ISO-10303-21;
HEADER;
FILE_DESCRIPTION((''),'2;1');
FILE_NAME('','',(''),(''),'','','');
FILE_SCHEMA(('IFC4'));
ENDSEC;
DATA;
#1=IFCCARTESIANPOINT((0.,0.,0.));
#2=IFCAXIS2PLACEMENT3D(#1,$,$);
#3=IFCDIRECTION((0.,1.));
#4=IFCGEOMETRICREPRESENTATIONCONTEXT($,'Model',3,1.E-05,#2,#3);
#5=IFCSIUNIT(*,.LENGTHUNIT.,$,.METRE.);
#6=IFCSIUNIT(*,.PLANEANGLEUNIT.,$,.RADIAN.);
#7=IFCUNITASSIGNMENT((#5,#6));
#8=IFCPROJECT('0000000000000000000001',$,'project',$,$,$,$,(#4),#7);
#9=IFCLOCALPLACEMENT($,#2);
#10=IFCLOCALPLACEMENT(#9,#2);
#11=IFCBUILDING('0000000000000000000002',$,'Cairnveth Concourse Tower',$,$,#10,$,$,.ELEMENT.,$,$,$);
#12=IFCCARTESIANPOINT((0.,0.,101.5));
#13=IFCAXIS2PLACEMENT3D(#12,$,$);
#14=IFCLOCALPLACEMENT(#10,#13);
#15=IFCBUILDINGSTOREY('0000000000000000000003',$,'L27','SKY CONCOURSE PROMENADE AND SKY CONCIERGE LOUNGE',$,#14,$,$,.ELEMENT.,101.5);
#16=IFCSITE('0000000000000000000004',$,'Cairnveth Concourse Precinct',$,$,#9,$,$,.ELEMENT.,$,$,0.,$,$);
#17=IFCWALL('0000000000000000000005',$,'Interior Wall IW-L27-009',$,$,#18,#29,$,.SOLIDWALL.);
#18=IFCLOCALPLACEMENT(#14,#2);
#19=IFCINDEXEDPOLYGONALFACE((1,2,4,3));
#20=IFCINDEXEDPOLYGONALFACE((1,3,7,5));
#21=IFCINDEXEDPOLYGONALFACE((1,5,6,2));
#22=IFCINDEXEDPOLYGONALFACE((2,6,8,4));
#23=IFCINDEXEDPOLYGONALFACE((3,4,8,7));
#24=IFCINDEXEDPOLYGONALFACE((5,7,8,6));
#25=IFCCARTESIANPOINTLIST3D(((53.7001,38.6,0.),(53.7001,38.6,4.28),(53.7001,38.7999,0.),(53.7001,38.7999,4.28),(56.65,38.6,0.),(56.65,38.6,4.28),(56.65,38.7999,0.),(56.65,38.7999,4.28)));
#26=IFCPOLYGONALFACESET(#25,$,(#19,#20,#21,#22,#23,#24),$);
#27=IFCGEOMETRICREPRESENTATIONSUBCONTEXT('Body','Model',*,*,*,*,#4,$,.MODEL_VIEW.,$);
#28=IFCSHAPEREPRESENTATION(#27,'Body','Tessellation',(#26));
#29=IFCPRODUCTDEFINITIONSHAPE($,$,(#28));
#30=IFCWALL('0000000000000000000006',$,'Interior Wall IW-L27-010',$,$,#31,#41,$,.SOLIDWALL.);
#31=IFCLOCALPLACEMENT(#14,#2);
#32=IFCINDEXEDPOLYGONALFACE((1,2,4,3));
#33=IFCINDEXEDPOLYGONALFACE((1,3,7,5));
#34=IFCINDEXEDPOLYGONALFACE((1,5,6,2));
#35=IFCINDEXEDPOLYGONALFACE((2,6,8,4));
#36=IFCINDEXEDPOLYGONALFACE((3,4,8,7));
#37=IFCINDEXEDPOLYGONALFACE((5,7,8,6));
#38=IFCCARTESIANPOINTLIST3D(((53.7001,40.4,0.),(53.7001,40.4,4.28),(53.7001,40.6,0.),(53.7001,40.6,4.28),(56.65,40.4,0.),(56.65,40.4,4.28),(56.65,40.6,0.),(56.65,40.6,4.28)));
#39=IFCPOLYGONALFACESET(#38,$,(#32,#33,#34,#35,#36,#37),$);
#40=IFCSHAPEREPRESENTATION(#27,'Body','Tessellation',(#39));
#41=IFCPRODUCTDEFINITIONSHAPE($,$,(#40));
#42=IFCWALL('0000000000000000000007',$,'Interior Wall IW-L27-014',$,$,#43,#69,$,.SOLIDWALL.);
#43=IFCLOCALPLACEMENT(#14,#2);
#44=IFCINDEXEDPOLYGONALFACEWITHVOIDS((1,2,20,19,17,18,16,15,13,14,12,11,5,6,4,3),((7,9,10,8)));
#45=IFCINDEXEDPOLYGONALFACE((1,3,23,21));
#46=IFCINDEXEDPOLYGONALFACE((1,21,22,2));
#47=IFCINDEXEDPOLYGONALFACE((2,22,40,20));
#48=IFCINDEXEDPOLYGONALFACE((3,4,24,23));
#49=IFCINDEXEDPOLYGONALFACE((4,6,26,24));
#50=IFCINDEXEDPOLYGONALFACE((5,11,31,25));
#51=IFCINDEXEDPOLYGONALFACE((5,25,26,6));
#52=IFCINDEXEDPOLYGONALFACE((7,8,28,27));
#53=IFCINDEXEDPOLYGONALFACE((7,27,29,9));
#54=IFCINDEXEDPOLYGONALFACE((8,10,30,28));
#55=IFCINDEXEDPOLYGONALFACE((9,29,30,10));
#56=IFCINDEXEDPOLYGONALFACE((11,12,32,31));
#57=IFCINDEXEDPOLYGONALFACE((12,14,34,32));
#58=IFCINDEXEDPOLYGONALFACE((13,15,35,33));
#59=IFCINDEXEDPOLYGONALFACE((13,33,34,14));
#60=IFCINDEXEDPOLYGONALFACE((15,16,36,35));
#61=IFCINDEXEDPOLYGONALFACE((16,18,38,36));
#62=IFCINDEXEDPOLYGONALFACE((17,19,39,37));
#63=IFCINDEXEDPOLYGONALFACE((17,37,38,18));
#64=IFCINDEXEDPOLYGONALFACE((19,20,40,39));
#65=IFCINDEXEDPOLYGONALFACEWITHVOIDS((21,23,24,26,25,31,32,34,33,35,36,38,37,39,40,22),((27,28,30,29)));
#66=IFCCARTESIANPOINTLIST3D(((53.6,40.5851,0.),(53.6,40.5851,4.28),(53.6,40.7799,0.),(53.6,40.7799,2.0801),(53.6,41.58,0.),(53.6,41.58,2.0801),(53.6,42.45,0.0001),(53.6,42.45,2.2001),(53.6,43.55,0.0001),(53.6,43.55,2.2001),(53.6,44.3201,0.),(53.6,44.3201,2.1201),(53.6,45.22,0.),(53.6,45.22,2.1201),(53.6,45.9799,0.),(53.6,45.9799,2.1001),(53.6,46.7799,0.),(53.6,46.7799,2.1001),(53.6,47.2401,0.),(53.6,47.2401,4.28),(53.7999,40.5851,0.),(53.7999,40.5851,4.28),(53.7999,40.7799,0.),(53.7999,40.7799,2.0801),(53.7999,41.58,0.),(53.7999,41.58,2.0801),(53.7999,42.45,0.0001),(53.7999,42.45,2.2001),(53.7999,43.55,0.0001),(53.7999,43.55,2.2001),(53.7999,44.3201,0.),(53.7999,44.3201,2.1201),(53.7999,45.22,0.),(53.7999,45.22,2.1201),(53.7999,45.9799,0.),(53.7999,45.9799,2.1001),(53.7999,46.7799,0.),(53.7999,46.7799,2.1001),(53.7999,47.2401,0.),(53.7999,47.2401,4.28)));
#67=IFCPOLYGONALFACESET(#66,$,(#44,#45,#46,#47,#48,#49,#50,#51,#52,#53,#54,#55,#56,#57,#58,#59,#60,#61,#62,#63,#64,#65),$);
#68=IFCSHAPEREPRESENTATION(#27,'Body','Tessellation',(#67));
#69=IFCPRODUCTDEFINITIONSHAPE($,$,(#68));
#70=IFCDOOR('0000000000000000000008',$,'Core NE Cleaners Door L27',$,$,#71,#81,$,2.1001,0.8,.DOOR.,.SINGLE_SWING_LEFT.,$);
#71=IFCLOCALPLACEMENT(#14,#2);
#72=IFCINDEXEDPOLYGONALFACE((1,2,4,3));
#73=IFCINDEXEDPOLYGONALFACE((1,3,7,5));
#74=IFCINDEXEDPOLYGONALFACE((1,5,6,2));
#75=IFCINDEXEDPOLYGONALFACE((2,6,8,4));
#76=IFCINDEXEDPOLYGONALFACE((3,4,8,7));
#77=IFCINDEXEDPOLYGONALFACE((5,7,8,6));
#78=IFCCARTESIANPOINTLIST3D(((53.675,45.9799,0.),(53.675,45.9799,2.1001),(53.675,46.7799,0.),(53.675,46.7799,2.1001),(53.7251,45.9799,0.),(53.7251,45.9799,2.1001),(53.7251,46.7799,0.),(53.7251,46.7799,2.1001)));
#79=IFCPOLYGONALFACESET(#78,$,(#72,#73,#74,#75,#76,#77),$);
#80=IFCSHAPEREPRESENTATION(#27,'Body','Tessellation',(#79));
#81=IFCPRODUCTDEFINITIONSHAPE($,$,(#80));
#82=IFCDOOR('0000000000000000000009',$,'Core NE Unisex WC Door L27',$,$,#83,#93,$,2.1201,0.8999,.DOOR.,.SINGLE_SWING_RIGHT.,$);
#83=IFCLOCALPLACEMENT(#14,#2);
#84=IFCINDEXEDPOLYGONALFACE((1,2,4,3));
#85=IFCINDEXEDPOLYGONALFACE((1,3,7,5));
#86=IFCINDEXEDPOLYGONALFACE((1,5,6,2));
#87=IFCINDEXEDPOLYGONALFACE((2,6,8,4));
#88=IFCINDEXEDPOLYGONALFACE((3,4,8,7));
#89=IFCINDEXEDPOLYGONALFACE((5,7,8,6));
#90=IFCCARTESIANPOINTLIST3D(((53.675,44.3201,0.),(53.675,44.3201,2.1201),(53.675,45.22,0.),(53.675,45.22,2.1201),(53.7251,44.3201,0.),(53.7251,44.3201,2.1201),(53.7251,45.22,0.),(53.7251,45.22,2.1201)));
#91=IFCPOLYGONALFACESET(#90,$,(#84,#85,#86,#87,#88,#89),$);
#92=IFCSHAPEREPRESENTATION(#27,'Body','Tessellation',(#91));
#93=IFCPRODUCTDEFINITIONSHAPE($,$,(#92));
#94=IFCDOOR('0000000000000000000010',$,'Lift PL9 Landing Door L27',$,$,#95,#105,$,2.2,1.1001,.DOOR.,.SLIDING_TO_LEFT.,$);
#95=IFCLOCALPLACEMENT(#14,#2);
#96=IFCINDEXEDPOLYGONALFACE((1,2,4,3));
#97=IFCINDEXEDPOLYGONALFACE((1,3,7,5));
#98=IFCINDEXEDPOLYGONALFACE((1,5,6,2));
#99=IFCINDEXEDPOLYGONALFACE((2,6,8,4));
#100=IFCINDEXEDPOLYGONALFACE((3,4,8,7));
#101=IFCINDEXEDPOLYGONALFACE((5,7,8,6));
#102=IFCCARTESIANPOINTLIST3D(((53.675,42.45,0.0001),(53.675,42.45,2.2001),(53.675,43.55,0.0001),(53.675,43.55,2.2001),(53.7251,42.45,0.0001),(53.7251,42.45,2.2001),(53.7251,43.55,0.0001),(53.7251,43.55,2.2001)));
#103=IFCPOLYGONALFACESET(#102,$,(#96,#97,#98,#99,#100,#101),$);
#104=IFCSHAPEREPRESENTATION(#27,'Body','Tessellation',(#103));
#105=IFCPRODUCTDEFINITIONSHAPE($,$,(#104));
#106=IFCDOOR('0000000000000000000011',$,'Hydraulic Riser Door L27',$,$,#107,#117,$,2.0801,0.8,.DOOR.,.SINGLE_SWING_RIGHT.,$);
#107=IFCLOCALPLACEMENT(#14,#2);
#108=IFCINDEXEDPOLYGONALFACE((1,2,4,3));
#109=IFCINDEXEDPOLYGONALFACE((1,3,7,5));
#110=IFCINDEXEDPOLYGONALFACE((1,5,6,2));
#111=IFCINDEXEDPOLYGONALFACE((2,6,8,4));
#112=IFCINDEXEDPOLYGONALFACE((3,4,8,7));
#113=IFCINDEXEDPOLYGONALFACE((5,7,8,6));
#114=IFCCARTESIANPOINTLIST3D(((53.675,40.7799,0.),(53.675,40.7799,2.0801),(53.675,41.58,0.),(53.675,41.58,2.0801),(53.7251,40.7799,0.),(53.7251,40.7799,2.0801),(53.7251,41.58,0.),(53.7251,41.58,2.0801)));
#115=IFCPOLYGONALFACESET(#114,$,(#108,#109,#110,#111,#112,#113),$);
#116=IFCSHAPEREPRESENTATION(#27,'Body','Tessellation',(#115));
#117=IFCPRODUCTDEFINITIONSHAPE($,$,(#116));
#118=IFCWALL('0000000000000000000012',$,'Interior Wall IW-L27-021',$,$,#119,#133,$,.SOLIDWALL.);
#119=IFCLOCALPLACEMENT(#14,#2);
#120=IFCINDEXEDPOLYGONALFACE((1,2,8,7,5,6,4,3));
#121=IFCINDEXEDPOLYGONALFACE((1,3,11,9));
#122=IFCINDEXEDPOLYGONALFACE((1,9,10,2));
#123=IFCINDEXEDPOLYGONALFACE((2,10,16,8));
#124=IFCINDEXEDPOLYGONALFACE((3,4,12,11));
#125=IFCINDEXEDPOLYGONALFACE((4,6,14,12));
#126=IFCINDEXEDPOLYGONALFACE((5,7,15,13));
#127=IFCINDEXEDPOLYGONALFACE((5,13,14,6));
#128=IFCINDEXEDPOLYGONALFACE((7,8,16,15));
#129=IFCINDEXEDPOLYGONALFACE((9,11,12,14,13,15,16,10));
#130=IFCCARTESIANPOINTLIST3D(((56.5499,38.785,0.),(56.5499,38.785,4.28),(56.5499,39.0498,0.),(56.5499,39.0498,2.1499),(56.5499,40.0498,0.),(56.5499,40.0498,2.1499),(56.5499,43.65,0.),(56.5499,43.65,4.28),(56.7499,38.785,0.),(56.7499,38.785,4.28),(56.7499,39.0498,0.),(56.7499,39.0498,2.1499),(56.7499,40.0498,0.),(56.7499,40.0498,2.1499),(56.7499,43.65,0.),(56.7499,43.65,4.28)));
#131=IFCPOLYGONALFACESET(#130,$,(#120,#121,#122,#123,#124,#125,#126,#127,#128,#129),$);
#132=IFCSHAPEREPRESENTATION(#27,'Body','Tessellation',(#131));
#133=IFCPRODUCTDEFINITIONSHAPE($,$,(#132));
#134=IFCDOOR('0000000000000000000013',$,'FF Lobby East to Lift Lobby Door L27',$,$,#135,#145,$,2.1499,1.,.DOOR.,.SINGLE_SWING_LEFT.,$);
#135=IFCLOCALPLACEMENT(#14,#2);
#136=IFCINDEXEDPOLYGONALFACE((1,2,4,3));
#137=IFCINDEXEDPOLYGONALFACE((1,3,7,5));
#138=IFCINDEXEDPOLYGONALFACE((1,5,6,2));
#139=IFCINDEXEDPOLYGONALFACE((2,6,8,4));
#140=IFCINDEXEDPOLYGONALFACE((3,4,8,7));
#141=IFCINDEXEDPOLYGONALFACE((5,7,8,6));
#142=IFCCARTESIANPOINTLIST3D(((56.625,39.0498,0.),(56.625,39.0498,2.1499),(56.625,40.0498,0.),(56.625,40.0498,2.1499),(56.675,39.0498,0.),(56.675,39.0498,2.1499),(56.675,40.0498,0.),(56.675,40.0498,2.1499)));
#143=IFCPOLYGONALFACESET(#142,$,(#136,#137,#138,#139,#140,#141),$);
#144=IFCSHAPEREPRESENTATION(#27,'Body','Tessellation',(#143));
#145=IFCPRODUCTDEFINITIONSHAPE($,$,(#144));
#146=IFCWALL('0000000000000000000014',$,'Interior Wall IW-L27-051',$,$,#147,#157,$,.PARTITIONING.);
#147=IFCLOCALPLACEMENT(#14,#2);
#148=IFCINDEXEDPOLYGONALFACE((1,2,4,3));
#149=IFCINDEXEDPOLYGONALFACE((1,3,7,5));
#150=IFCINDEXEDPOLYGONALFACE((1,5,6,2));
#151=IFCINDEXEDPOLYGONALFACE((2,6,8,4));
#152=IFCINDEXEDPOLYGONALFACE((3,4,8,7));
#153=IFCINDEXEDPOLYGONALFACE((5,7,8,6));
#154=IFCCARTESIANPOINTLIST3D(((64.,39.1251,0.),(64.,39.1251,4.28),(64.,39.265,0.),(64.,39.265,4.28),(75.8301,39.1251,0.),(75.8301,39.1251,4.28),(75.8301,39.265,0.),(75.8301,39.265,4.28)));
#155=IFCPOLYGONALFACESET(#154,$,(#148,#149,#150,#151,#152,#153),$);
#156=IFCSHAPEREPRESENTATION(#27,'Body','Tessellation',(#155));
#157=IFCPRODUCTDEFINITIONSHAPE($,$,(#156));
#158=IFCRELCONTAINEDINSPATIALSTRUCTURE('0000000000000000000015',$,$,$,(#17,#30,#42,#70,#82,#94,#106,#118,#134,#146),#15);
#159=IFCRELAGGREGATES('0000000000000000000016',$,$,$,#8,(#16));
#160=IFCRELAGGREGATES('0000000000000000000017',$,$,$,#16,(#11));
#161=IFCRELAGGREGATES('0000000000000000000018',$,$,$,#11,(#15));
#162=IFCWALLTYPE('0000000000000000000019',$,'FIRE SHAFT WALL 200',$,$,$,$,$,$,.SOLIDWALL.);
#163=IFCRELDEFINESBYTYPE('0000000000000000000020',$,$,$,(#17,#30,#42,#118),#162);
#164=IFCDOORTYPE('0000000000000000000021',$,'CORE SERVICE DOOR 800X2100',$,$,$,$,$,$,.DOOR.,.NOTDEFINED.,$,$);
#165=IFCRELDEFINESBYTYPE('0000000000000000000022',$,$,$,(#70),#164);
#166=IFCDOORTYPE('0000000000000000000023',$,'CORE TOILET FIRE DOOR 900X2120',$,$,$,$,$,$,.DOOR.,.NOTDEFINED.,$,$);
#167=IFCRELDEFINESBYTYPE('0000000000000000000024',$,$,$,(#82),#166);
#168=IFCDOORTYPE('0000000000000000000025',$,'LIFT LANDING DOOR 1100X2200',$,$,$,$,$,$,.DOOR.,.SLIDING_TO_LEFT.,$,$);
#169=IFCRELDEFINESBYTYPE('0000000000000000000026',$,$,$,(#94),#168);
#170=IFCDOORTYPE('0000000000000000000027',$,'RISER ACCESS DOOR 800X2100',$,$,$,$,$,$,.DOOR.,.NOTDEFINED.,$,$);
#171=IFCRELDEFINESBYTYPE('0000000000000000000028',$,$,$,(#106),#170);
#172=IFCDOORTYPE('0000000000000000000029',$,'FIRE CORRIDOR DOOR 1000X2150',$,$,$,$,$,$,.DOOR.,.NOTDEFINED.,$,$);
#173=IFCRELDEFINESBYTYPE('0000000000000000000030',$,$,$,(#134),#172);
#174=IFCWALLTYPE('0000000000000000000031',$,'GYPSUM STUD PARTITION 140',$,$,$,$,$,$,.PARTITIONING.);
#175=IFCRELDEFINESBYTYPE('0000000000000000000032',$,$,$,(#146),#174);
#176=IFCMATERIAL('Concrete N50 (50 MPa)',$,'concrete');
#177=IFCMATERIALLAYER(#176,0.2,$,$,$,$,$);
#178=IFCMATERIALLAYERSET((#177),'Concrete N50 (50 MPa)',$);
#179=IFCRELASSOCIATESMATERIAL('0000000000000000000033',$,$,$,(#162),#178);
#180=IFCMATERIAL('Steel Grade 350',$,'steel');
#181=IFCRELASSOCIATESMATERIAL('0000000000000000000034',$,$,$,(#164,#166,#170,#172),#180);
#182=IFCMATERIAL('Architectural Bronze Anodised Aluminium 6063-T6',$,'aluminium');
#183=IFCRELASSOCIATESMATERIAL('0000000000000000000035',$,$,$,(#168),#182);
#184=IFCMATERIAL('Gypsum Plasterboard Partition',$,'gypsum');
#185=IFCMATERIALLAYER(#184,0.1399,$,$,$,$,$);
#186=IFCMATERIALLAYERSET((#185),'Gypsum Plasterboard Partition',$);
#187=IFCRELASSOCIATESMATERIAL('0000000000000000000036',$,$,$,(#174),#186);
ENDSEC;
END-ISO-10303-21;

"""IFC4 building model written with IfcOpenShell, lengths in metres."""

from ifc_helpers import new_model, si_unit, direction, frame, frame_2d, origin, place, context, subcontext, project, spatial, rectangle, extrude, material, layer, layer_set, type_object, element, fill, save


model = new_model("IFC4")

# Units and contexts
model_context = context("Model", 3, precision=1e-05, world=origin(), true_north=direction((0.0, 1.0)))
body_context = subcontext(model_context, "Body", "Model", "MODEL_VIEW")
ifc_project = project(units=[si_unit("LENGTHUNIT", "METRE"), si_unit("PLANEANGLEUNIT", "RADIAN")], contexts=[model_context])

# Site, building, storey
site_placement = place(None, origin())
site = spatial("IfcSite", under=ifc_project, at=site_placement, Name="Cairnveth Concourse Precinct", CompositionType="ELEMENT", RefElevation=0.0)
building_placement = place(site_placement, origin())
building = spatial("IfcBuilding", under=site, at=building_placement, Name="Cairnveth Concourse Tower", CompositionType="ELEMENT")
storey_placement = place(building_placement, frame((0.0, 0.0, 101.5)))
storey = spatial("IfcBuildingStorey", under=building, at=storey_placement, Name="L27", Description="SKY CONCOURSE PROMENADE AND SKY CONCIERGE LOUNGE", CompositionType="ELEMENT", Elevation=101.5)

# Shared definitions
ifc_material_1 = material(Name="Architectural Bronze Anodised Aluminium 6063-T6", Category="aluminium")

# Shared definitions
ifc_material_2 = material(Name="Concrete N50 (50 MPa)", Category="concrete")

# Shared definitions
ifc_material_3 = material(Name="Steel Grade 350", Category="steel")

# Walls
ifc_layer_1 = layer(ifc_material_2, 0.2)
ifc_layer_set_1 = layer_set([ifc_layer_1], Name="Concrete N50 (50 MPa)")
wall_type_1 = type_object("IfcWallType", Name="FIRE SHAFT WALL 200", PredefinedType="SOLIDWALL", material=ifc_layer_set_1)
for number, where, z_axis, x_axis, name in (
    (1, (53.7, 38.7, 0.0), (0.0, 0.0, 1.0), (1.0, 0.0, 0.0), "Interior Wall IW-L27-009"),
    (2, (53.7, 40.5, 0.0), (0.0, 0.0, 1.0), (1.0, 0.0, 0.0), "Interior Wall IW-L27-010"),
):
    element("IfcWall", number, at=place(storey_placement, frame(where, z_axis=z_axis, x_axis=x_axis)), inside=storey, type_object=wall_type_1, Name=name, PredefinedType="SOLIDWALL", context=body_context, shape_type="SweptSolid", body=[
        extrude(rectangle(XDim=2.95, YDim=0.2, at=frame_2d((1.4751, 0.0))), origin(), (0.0, 0.0, 1.0), 4.28),
    ])

# Wall, openings, doors
wall_1_placement = place(storey_placement, frame((53.7, 40.585, 0.0), z_axis=(0.0, 0.0, 1.0), x_axis=(0.0, 1.0, 0.0)))
wall_1 = element("IfcWall", 3, at=wall_1_placement, inside=storey, type_object=wall_type_1, Name="Interior Wall IW-L27-014", PredefinedType="SOLIDWALL", context=body_context, shape_type="SweptSolid", body=[
    extrude(rectangle(XDim=6.655, YDim=0.2, at=frame_2d((3.3276, 0.0))), origin(), (0.0, 0.0, 1.0), 4.28),
])
opening_1_placement = place(wall_1_placement, frame((0.1951, 0.0, 0.0)))
opening_1 = element("IfcOpeningElement", 4, at=opening_1_placement, cuts=wall_1, PredefinedType="OPENING", context=body_context, shape_type="SweptSolid", body=[
    extrude(rectangle(XDim=0.8, YDim=2.0801, at=frame_2d((0.3999, 1.04))), frame((0.0, 0.1099, 0.0), z_axis=(0.0, -1.0, 0.0), x_axis=(1.0, 0.0, 0.0)), (0.0, 0.0, 1.0), 0.22),
])
opening_2_placement = place(wall_1_placement, frame((1.865, 0.0, 0.0)))
opening_2 = element("IfcOpeningElement", 5, at=opening_2_placement, cuts=wall_1, PredefinedType="OPENING", context=body_context, shape_type="SweptSolid", body=[
    extrude(rectangle(XDim=1.1001, YDim=2.2, at=frame_2d((0.55, 1.1001))), frame((0.0, 0.1099, 0.0), z_axis=(0.0, -1.0, 0.0), x_axis=(1.0, 0.0, 0.0)), (0.0, 0.0, 1.0), 0.22),
])
opening_3_placement = place(wall_1_placement, frame((3.7351, 0.0, 0.0)))
opening_3 = element("IfcOpeningElement", 6, at=opening_3_placement, cuts=wall_1, PredefinedType="OPENING", context=body_context, shape_type="SweptSolid", body=[
    extrude(rectangle(XDim=0.8999, YDim=2.1201, at=frame_2d((0.45, 1.0601))), frame((0.0, 0.1099, 0.0), z_axis=(0.0, -1.0, 0.0), x_axis=(1.0, 0.0, 0.0)), (0.0, 0.0, 1.0), 0.22),
])
opening_4_placement = place(wall_1_placement, frame((5.395, 0.0, 0.0)))
opening_4 = element("IfcOpeningElement", 7, at=opening_4_placement, cuts=wall_1, PredefinedType="OPENING", context=body_context, shape_type="SweptSolid", body=[
    extrude(rectangle(XDim=0.8, YDim=2.1001, at=frame_2d((0.3999, 1.05))), frame((0.0, 0.1099, 0.0), z_axis=(0.0, -1.0, 0.0), x_axis=(1.0, 0.0, 0.0)), (0.0, 0.0, 1.0), 0.22),
])
door_type_1 = type_object("IfcDoorType", Name="CORE SERVICE DOOR 800X2100", OperationType="NOTDEFINED", PredefinedType="DOOR", material=ifc_material_3)
door_1_placement = place(opening_4_placement, origin())
door_1 = element("IfcDoor", 8, at=door_1_placement, inside=storey, type_object=door_type_1, Name="Core NE Cleaners Door L27", OperationType="SINGLE_SWING_LEFT", OverallHeight=2.1001, OverallWidth=0.8, PredefinedType="DOOR", context=body_context, shape_type="SweptSolid", body=[
    extrude(rectangle(XDim=0.8, YDim=2.1001, at=frame_2d((0.3999, 1.05))), frame((0.0, 0.0249, 0.0), z_axis=(0.0, -1.0, 0.0), x_axis=(1.0, 0.0, 0.0)), (0.0, 0.0, 1.0), 0.05),
])
fill(opening_4, door_1)
door_type_2 = type_object("IfcDoorType", Name="CORE TOILET FIRE DOOR 900X2120", OperationType="NOTDEFINED", PredefinedType="DOOR", material=ifc_material_3)
door_2_placement = place(opening_3_placement, origin())
door_2 = element("IfcDoor", 9, at=door_2_placement, inside=storey, type_object=door_type_2, Name="Core NE Unisex WC Door L27", OperationType="SINGLE_SWING_RIGHT", OverallHeight=2.1201, OverallWidth=0.8999, PredefinedType="DOOR", context=body_context, shape_type="SweptSolid", body=[
    extrude(rectangle(XDim=0.8999, YDim=2.1201, at=frame_2d((0.45, 1.0601))), frame((0.0, 0.0249, 0.0), z_axis=(0.0, -1.0, 0.0), x_axis=(1.0, 0.0, 0.0)), (0.0, 0.0, 1.0), 0.05),
])
fill(opening_3, door_2)
door_type_3 = type_object("IfcDoorType", Name="LIFT LANDING DOOR 1100X2200", OperationType="SLIDING_TO_LEFT", PredefinedType="DOOR", material=ifc_material_1)
door_3_placement = place(opening_2_placement, origin())
door_3 = element("IfcDoor", 10, at=door_3_placement, inside=storey, type_object=door_type_3, Name="Lift PL9 Landing Door L27", OperationType="SLIDING_TO_LEFT", OverallHeight=2.2, OverallWidth=1.1001, PredefinedType="DOOR", context=body_context, shape_type="SweptSolid", body=[
    extrude(rectangle(XDim=1.1001, YDim=2.2, at=frame_2d((0.55, 1.1001))), frame((0.0, 0.0249, 0.0), z_axis=(0.0, -1.0, 0.0), x_axis=(1.0, 0.0, 0.0)), (0.0, 0.0, 1.0), 0.05),
])
fill(opening_2, door_3)
door_type_4 = type_object("IfcDoorType", Name="RISER ACCESS DOOR 800X2100", OperationType="NOTDEFINED", PredefinedType="DOOR", material=ifc_material_3)
door_4_placement = place(opening_1_placement, origin())
door_4 = element("IfcDoor", 11, at=door_4_placement, inside=storey, type_object=door_type_4, Name="Hydraulic Riser Door L27", OperationType="SINGLE_SWING_RIGHT", OverallHeight=2.0801, OverallWidth=0.8, PredefinedType="DOOR", context=body_context, shape_type="SweptSolid", body=[
    extrude(rectangle(XDim=0.8, YDim=2.0801, at=frame_2d((0.3999, 1.04))), frame((0.0, 0.0249, 0.0), z_axis=(0.0, -1.0, 0.0), x_axis=(1.0, 0.0, 0.0)), (0.0, 0.0, 1.0), 0.05),
])
fill(opening_1, door_4)

# Wall, opening, door
wall_2_placement = place(storey_placement, frame((56.6499, 38.7849, 0.0), z_axis=(0.0, 0.0, 1.0), x_axis=(0.0, 1.0, 0.0)))
wall_2 = element("IfcWall", 12, at=wall_2_placement, inside=storey, type_object=wall_type_1, Name="Interior Wall IW-L27-021", PredefinedType="SOLIDWALL", context=body_context, shape_type="SweptSolid", body=[
    extrude(rectangle(XDim=4.865, YDim=0.2, at=frame_2d((2.4326, 0.0))), origin(), (0.0, 0.0, 1.0), 4.28),
])
opening_5_placement = place(wall_2_placement, frame((0.2649, 0.0, 0.0)))
opening_5 = element("IfcOpeningElement", 13, at=opening_5_placement, cuts=wall_2, PredefinedType="OPENING", context=body_context, shape_type="SweptSolid", body=[
    extrude(rectangle(XDim=1.0, YDim=2.1499, at=frame_2d((0.5, 1.075))), frame((0.0, 0.1099, 0.0), z_axis=(0.0, -1.0, 0.0), x_axis=(1.0, 0.0, 0.0)), (0.0, 0.0, 1.0), 0.22),
])
door_type_5 = type_object("IfcDoorType", Name="FIRE CORRIDOR DOOR 1000X2150", OperationType="NOTDEFINED", PredefinedType="DOOR", material=ifc_material_3)
door_5_placement = place(opening_5_placement, origin())
door_5 = element("IfcDoor", 14, at=door_5_placement, inside=storey, type_object=door_type_5, Name="FF Lobby East to Lift Lobby Door L27", OperationType="SINGLE_SWING_LEFT", OverallHeight=2.1499, OverallWidth=1.0, PredefinedType="DOOR", context=body_context, shape_type="SweptSolid", body=[
    extrude(rectangle(XDim=1.0, YDim=2.1499, at=frame_2d((0.5, 1.075))), frame((0.0, 0.0249, 0.0), z_axis=(0.0, -1.0, 0.0), x_axis=(1.0, 0.0, 0.0)), (0.0, 0.0, 1.0), 0.05),
])
fill(opening_5, door_5)

# Wall
ifc_material_4 = material(Name="Gypsum Plasterboard Partition", Category="gypsum")
ifc_layer_2 = layer(ifc_material_4, 0.1399)
ifc_layer_set_2 = layer_set([ifc_layer_2], Name="Gypsum Plasterboard Partition")
wall_type_2 = type_object("IfcWallType", Name="GYPSUM STUD PARTITION 140", PredefinedType="PARTITIONING", material=ifc_layer_set_2)
wall_3_placement = place(storey_placement, frame((64.0, 39.1951, 0.0), z_axis=(0.0, 0.0, 1.0), x_axis=(1.0, 0.0, 0.0)))
element("IfcWall", 15, at=wall_3_placement, inside=storey, type_object=wall_type_2, Name="Interior Wall IW-L27-051", PredefinedType="PARTITIONING", context=body_context, shape_type="SweptSolid", body=[
    extrude(rectangle(XDim=11.8301, YDim=0.1399, at=frame_2d((5.915, 0.0))), origin(), (0.0, 0.0, 1.0), 4.28),
])

save(model, "model.ifc")
